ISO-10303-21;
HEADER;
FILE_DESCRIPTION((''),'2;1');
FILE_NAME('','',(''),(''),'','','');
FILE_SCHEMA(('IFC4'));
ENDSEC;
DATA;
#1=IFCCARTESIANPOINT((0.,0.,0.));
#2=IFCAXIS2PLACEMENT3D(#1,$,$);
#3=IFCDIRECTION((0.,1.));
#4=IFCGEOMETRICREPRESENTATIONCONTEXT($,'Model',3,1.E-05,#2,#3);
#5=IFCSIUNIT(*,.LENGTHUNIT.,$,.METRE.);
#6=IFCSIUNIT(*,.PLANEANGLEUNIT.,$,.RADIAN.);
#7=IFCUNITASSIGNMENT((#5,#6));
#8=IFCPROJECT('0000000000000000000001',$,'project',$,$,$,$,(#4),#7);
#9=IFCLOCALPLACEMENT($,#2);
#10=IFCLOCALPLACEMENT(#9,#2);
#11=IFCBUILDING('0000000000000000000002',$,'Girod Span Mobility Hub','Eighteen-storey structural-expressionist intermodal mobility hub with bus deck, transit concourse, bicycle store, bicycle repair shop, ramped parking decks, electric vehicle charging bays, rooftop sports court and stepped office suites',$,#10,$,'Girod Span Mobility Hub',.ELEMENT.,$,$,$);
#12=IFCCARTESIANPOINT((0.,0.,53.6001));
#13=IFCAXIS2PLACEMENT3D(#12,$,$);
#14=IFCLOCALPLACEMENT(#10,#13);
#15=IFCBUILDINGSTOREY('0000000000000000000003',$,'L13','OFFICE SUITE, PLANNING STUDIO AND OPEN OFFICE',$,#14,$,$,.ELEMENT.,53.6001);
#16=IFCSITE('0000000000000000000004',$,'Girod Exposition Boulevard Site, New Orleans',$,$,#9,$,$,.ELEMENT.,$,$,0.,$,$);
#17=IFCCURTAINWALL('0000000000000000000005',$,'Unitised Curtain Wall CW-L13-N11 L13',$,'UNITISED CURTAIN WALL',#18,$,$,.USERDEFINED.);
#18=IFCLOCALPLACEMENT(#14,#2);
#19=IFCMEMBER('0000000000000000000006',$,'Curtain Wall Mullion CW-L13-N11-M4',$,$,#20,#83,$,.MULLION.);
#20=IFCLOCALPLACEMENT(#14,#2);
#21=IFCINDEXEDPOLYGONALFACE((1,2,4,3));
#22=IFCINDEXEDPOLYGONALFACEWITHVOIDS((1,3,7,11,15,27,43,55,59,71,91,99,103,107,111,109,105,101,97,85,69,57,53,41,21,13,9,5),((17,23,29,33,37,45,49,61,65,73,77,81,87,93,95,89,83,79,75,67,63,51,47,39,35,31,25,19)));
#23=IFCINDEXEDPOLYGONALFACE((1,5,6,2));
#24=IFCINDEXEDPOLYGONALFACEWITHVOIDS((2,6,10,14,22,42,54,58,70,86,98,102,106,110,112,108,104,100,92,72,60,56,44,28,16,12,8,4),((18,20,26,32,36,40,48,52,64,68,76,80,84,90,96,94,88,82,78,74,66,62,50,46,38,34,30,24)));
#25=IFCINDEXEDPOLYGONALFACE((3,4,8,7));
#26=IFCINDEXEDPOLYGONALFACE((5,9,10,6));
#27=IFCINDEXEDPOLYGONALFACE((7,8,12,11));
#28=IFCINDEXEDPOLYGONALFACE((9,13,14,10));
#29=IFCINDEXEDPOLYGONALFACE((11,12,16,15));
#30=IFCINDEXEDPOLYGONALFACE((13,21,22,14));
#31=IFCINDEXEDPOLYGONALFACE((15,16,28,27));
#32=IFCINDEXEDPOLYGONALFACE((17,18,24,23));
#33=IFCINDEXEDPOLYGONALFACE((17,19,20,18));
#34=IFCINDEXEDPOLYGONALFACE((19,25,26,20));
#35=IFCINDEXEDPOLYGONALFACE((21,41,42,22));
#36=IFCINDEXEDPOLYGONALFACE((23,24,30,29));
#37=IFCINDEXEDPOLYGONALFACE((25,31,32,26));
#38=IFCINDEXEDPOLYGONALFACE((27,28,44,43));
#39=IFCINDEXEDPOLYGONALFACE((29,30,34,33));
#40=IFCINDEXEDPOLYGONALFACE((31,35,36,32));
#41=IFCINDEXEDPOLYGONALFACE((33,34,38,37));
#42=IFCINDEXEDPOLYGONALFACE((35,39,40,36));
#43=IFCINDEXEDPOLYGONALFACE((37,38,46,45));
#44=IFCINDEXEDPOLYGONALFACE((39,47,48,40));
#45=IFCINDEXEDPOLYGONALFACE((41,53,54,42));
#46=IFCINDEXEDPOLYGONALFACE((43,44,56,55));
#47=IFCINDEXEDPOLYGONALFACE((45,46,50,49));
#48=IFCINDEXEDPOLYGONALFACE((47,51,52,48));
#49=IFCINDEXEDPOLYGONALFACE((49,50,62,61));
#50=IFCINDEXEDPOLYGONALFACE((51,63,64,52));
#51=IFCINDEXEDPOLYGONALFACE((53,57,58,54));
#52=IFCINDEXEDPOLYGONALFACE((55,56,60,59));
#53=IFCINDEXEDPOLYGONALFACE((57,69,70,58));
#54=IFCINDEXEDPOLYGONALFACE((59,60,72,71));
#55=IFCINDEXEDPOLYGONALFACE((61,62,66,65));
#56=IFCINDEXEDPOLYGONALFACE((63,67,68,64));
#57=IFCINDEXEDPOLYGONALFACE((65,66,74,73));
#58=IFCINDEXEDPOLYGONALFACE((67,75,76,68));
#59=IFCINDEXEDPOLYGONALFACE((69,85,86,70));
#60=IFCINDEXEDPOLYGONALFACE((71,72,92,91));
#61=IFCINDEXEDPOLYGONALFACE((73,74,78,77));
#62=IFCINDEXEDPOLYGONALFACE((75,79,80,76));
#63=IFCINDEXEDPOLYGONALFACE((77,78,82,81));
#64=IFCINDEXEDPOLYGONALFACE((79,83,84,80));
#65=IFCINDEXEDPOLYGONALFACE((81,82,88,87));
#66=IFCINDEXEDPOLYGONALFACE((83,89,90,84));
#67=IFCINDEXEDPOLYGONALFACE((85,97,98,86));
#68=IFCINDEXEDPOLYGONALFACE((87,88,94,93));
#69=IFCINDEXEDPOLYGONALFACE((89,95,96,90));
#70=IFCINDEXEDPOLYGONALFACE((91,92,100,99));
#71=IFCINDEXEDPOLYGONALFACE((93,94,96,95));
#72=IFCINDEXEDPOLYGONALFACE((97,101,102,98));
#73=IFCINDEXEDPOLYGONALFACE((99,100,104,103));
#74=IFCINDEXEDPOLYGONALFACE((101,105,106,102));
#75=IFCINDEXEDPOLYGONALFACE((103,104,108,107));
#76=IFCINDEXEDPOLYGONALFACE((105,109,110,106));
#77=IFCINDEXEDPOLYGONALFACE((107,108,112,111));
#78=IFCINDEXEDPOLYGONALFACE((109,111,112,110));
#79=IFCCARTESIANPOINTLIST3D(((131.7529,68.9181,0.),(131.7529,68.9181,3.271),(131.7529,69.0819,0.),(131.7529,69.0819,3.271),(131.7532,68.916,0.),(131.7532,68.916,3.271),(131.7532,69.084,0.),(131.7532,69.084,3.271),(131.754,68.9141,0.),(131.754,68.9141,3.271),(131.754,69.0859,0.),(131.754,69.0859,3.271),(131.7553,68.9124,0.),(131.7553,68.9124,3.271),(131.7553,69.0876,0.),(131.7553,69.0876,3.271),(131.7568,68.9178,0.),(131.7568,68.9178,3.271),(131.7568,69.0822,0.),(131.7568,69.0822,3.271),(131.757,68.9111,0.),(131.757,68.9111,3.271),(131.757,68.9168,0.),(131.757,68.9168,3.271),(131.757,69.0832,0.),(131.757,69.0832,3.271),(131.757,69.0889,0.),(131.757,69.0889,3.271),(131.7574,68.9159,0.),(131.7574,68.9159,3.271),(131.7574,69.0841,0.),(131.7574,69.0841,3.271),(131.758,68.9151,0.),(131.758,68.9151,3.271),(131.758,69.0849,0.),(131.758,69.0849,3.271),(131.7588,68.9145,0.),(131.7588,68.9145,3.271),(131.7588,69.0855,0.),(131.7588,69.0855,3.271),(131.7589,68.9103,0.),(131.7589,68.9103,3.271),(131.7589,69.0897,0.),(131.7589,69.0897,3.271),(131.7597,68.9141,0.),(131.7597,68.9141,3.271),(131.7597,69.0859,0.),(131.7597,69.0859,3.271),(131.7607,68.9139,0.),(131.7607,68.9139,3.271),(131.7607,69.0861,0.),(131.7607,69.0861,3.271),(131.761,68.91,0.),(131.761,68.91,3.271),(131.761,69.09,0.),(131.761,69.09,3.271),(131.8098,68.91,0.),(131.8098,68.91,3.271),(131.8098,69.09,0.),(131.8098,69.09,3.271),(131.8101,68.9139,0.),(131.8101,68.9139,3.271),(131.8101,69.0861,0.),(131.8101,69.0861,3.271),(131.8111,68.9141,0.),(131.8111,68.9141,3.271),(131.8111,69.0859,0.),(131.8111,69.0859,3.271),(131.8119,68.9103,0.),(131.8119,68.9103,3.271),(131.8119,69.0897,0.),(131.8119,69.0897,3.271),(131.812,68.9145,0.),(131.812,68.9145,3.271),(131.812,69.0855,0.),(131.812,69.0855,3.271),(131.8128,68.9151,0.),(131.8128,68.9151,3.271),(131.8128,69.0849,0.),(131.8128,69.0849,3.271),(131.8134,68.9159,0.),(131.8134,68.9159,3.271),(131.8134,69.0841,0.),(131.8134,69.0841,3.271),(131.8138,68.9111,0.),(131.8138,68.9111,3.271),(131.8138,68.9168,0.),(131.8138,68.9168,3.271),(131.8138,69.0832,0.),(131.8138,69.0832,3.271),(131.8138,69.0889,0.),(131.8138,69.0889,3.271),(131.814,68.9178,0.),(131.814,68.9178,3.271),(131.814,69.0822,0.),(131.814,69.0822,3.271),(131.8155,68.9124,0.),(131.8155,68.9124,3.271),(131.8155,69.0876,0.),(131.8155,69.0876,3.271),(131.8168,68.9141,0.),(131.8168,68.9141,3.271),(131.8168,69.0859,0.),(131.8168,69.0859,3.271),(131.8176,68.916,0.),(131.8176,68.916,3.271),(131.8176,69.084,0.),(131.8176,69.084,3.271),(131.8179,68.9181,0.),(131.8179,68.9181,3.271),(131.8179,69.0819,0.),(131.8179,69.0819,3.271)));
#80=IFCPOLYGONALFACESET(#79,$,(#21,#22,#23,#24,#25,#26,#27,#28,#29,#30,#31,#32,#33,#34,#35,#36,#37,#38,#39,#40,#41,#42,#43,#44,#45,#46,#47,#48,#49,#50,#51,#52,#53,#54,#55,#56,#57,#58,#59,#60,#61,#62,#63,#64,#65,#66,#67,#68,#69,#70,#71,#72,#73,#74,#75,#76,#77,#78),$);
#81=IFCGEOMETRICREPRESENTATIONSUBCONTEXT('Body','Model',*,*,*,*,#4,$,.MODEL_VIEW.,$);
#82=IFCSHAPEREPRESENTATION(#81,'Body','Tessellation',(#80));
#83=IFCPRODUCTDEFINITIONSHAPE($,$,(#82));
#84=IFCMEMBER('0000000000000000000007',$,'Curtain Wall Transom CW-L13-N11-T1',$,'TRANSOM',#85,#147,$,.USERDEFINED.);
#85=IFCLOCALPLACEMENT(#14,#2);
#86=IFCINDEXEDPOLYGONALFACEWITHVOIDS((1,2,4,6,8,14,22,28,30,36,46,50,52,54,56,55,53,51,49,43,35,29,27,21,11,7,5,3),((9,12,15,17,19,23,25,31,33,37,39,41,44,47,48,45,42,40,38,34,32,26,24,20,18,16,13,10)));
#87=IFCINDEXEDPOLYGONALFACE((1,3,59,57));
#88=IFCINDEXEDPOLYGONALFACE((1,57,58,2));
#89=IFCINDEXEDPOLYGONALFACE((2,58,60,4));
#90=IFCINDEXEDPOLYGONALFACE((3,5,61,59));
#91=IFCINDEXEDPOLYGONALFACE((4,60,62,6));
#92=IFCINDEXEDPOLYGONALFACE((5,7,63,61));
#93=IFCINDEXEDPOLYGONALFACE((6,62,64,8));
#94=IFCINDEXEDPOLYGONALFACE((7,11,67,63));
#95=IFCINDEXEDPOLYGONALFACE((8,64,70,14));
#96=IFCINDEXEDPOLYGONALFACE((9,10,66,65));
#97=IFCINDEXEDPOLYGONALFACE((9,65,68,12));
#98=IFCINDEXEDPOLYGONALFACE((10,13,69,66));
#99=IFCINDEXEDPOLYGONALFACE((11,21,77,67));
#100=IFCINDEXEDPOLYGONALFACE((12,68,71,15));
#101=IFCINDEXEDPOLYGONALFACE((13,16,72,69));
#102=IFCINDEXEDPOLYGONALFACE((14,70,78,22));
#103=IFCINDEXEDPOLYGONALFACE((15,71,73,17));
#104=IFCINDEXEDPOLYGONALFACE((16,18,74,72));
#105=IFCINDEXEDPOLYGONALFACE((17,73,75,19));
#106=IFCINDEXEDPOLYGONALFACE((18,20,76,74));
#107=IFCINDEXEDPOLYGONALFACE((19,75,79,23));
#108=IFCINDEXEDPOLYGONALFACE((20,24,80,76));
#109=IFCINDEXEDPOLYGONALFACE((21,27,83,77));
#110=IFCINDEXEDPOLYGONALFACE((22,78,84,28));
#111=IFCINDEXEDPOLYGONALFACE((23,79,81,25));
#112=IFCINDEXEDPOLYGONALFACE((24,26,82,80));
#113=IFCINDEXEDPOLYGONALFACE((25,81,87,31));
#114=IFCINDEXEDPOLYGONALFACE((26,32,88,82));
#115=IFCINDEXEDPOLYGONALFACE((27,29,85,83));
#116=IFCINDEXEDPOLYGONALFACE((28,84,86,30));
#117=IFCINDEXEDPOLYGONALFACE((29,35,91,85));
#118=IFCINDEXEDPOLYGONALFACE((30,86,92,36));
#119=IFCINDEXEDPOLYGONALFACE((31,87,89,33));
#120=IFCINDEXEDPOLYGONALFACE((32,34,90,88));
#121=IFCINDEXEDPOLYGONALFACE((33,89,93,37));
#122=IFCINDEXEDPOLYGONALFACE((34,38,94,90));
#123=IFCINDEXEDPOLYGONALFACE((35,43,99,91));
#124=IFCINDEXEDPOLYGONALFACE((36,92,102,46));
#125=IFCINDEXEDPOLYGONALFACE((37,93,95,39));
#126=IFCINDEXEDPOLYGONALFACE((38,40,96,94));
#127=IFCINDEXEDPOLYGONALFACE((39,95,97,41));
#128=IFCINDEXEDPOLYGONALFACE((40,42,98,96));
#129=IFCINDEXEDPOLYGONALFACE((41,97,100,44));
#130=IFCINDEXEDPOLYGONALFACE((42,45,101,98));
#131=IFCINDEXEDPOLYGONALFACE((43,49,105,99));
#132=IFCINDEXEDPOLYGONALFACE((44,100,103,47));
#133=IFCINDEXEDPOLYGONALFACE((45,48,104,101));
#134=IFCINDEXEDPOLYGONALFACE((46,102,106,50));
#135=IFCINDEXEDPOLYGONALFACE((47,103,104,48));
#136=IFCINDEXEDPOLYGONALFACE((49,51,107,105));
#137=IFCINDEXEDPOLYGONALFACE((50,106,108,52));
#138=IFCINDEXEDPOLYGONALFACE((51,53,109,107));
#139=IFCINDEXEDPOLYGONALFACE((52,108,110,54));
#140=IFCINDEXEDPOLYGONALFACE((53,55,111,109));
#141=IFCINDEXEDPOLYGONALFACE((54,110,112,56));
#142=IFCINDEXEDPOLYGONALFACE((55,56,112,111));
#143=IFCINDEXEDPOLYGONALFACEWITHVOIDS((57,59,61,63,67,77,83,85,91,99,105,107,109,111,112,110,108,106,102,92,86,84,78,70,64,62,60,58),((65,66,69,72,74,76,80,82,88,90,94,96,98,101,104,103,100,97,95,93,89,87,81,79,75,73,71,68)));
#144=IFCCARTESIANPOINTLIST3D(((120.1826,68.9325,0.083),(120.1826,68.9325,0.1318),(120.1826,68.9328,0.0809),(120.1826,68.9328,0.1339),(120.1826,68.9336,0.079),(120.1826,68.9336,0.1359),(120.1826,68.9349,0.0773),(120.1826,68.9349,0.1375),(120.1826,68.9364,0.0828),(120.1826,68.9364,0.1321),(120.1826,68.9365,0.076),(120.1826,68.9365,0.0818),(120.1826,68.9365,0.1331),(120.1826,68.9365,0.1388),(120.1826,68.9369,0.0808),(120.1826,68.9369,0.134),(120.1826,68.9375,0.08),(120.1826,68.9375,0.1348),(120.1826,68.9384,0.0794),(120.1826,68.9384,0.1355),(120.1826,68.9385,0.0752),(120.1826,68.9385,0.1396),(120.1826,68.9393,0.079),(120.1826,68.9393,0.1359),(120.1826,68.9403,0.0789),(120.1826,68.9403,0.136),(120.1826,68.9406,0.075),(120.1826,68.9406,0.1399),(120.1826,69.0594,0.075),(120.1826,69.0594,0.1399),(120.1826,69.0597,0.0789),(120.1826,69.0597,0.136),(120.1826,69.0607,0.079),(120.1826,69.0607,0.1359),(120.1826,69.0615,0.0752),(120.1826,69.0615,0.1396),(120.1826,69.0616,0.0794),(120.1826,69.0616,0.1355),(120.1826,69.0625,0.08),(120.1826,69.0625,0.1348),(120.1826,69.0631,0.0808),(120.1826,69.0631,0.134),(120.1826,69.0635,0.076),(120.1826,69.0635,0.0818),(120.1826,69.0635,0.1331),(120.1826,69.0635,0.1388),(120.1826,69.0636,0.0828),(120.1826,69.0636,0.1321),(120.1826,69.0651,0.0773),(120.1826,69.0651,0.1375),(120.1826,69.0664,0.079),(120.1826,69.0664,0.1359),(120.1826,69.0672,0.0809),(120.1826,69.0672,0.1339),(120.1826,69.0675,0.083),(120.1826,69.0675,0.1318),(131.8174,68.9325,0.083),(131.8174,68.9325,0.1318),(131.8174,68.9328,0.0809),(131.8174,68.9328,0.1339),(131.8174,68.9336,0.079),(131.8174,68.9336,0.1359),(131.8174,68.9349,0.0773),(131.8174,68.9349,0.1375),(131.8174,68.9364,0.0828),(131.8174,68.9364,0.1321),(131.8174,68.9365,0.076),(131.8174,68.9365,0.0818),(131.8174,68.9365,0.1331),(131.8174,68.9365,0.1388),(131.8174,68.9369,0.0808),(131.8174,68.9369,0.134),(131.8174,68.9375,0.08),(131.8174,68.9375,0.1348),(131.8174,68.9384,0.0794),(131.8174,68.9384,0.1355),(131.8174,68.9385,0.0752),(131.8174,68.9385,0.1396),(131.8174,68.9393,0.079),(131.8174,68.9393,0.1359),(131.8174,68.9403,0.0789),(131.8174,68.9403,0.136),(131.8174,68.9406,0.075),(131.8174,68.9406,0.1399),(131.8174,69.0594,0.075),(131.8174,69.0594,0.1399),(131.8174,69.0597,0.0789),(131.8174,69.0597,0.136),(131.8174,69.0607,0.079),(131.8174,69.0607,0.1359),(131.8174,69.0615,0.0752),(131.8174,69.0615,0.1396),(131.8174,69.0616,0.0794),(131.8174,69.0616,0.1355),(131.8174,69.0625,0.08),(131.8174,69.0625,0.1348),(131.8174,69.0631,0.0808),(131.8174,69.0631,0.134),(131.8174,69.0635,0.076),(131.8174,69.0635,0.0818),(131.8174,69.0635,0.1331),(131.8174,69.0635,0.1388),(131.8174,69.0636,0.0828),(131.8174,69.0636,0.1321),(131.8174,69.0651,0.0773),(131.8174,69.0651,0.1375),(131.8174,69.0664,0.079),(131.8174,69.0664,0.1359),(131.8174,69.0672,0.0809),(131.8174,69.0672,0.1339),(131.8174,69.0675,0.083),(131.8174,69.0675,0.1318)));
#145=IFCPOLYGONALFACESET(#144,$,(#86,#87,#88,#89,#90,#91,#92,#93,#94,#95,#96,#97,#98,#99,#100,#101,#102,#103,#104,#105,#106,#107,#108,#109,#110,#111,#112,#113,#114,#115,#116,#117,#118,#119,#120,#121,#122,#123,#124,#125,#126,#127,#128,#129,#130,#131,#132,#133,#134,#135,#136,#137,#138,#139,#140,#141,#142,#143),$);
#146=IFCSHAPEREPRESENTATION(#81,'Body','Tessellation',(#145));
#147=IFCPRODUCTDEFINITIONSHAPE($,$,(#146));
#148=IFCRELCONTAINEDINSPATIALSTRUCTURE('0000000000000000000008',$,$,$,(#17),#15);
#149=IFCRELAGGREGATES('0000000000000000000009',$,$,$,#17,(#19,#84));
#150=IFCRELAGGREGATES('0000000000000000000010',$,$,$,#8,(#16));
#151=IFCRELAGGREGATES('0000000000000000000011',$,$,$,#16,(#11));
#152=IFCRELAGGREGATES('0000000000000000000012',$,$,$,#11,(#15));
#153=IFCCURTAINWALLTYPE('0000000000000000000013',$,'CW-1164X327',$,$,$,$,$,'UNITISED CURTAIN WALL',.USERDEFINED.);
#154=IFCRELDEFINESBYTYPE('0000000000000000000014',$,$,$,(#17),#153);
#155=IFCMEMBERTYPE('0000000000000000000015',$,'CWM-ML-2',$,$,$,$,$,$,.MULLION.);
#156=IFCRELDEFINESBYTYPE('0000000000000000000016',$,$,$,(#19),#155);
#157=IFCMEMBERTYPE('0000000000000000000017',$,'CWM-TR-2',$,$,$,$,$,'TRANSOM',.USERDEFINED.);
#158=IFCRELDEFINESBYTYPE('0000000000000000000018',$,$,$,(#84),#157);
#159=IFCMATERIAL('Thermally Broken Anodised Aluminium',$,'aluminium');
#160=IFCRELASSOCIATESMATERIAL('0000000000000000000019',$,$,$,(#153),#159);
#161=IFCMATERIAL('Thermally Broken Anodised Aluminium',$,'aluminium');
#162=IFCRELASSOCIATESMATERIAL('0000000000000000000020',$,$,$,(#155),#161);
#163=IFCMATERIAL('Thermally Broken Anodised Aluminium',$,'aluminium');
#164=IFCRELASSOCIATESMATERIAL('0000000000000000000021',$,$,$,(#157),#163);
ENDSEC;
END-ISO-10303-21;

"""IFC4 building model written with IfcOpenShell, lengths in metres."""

from ifc_helpers import new_model, si_unit, direction, frame, origin, origin_2d, place, context, subcontext, project, spatial, hollow_rectangle, extrude, material, material_profile, profile_set, type_object, element, aggregate, save


model = new_model("IFC4")

# Units and contexts
model_context = context("Model", 3, precision=1e-05, world=origin(), true_north=direction((0.0, 1.0)))
body_context = subcontext(model_context, "Body", "Model", "MODEL_VIEW")
ifc_project = project(units=[si_unit("LENGTHUNIT", "METRE"), si_unit("PLANEANGLEUNIT", "RADIAN")], contexts=[model_context])

# Site, building, storey
site_placement = place(None, origin())
site = spatial("IfcSite", under=ifc_project, at=site_placement, Name="Girod Exposition Boulevard Site, New Orleans", CompositionType="ELEMENT", RefElevation=0.0)
building_placement = place(site_placement, origin())
building = spatial("IfcBuilding", under=site, at=building_placement, Name="Girod Span Mobility Hub", Description="Eighteen-storey structural-expressionist intermodal mobility hub with bus deck, transit concourse, bicycle store, bicycle repair shop, ramped parking decks, electric vehicle charging bays, rooftop sports court and stepped office suites", LongName="Girod Span Mobility Hub", CompositionType="ELEMENT")
storey_placement = place(building_placement, frame((0.0, 0.0, 53.6001)))
storey = spatial("IfcBuildingStorey", under=building, at=storey_placement, Name="L13", Description="OFFICE SUITE, PLANNING STUDIO AND OPEN OFFICE", CompositionType="ELEMENT", Elevation=53.6001)

# Curtain wall, members
ifc_material_1 = material(Name="Thermally Broken Anodised Aluminium", Category="aluminium")
curtain_wall_type = type_object("IfcCurtainWallType", Name="CW-1164X327", ElementType="UNITISED CURTAIN WALL", PredefinedType="USERDEFINED", material=ifc_material_1)
curtain_wall_placement = place(storey_placement, origin())
curtain_wall = element("IfcCurtainWall", 1, at=curtain_wall_placement, inside=storey, type_object=curtain_wall_type, Name="Unitised Curtain Wall CW-L13-N11 L13", ObjectType="UNITISED CURTAIN WALL", PredefinedType="USERDEFINED")
ifc_material_2 = material(Name="Thermally Broken Anodised Aluminium", Category="aluminium")
ifc_material_profile_1 = material_profile(ifc_material_2, hollow_rectangle(XDim=0.1799, YDim=0.0649, WallThickness=0.0039, InnerFilletRadius=0.0039, OuterFilletRadius=0.0081, at=origin_2d()), Name="CW-ML-65X180")
ifc_profile_set_1 = profile_set([ifc_material_profile_1], Name="Thermally Broken Anodised Aluminium")
member_type_1 = type_object("IfcMemberType", Name="CWM-ML-2", PredefinedType="MULLION", material=ifc_profile_set_1)
member_1_placement = place(storey_placement, frame((131.7854, 69.0, 0.0), z_axis=(0.0, 0.0, 1.0), x_axis=(0.0, 1.0, 0.0)))
member_1 = element("IfcMember", 2, at=member_1_placement, type_object=member_type_1, Name="Curtain Wall Mullion CW-L13-N11-M4", PredefinedType="MULLION", context=body_context, shape_type="SweptSolid", body=[
    extrude(hollow_rectangle(XDim=0.1799, YDim=0.0649, WallThickness=0.0039, InnerFilletRadius=0.0039, OuterFilletRadius=0.0081, at=origin_2d()), origin(), (0.0, 0.0, 1.0), 3.271),
])
ifc_material_3 = material(Name="Thermally Broken Anodised Aluminium", Category="aluminium")
ifc_material_profile_2 = material_profile(ifc_material_3, hollow_rectangle(XDim=0.135, YDim=0.0649, WallThickness=0.0039, InnerFilletRadius=0.0039, OuterFilletRadius=0.0081, at=origin_2d()), Name="CW-TR-65X135")
ifc_profile_set_2 = profile_set([ifc_material_profile_2], Name="Thermally Broken Anodised Aluminium")
member_type_2 = type_object("IfcMemberType", Name="CWM-TR-2", ElementType="TRANSOM", PredefinedType="USERDEFINED", material=ifc_profile_set_2)
member_2_placement = place(storey_placement, frame((120.1826, 69.0, 0.1074), z_axis=(1.0, 0.0, 0.0), x_axis=(0.0, 1.0, 0.0)))
member_2 = element("IfcMember", 3, at=member_2_placement, type_object=member_type_2, Name="Curtain Wall Transom CW-L13-N11-T1", ObjectType="TRANSOM", PredefinedType="USERDEFINED", context=body_context, shape_type="SweptSolid", body=[
    extrude(hollow_rectangle(XDim=0.135, YDim=0.0649, WallThickness=0.0039, InnerFilletRadius=0.0039, OuterFilletRadius=0.0081, at=origin_2d()), origin(), (0.0, 0.0, 1.0), 11.6348),
])
aggregate(curtain_wall, [member_1, member_2])

save(model, "model.ifc")
